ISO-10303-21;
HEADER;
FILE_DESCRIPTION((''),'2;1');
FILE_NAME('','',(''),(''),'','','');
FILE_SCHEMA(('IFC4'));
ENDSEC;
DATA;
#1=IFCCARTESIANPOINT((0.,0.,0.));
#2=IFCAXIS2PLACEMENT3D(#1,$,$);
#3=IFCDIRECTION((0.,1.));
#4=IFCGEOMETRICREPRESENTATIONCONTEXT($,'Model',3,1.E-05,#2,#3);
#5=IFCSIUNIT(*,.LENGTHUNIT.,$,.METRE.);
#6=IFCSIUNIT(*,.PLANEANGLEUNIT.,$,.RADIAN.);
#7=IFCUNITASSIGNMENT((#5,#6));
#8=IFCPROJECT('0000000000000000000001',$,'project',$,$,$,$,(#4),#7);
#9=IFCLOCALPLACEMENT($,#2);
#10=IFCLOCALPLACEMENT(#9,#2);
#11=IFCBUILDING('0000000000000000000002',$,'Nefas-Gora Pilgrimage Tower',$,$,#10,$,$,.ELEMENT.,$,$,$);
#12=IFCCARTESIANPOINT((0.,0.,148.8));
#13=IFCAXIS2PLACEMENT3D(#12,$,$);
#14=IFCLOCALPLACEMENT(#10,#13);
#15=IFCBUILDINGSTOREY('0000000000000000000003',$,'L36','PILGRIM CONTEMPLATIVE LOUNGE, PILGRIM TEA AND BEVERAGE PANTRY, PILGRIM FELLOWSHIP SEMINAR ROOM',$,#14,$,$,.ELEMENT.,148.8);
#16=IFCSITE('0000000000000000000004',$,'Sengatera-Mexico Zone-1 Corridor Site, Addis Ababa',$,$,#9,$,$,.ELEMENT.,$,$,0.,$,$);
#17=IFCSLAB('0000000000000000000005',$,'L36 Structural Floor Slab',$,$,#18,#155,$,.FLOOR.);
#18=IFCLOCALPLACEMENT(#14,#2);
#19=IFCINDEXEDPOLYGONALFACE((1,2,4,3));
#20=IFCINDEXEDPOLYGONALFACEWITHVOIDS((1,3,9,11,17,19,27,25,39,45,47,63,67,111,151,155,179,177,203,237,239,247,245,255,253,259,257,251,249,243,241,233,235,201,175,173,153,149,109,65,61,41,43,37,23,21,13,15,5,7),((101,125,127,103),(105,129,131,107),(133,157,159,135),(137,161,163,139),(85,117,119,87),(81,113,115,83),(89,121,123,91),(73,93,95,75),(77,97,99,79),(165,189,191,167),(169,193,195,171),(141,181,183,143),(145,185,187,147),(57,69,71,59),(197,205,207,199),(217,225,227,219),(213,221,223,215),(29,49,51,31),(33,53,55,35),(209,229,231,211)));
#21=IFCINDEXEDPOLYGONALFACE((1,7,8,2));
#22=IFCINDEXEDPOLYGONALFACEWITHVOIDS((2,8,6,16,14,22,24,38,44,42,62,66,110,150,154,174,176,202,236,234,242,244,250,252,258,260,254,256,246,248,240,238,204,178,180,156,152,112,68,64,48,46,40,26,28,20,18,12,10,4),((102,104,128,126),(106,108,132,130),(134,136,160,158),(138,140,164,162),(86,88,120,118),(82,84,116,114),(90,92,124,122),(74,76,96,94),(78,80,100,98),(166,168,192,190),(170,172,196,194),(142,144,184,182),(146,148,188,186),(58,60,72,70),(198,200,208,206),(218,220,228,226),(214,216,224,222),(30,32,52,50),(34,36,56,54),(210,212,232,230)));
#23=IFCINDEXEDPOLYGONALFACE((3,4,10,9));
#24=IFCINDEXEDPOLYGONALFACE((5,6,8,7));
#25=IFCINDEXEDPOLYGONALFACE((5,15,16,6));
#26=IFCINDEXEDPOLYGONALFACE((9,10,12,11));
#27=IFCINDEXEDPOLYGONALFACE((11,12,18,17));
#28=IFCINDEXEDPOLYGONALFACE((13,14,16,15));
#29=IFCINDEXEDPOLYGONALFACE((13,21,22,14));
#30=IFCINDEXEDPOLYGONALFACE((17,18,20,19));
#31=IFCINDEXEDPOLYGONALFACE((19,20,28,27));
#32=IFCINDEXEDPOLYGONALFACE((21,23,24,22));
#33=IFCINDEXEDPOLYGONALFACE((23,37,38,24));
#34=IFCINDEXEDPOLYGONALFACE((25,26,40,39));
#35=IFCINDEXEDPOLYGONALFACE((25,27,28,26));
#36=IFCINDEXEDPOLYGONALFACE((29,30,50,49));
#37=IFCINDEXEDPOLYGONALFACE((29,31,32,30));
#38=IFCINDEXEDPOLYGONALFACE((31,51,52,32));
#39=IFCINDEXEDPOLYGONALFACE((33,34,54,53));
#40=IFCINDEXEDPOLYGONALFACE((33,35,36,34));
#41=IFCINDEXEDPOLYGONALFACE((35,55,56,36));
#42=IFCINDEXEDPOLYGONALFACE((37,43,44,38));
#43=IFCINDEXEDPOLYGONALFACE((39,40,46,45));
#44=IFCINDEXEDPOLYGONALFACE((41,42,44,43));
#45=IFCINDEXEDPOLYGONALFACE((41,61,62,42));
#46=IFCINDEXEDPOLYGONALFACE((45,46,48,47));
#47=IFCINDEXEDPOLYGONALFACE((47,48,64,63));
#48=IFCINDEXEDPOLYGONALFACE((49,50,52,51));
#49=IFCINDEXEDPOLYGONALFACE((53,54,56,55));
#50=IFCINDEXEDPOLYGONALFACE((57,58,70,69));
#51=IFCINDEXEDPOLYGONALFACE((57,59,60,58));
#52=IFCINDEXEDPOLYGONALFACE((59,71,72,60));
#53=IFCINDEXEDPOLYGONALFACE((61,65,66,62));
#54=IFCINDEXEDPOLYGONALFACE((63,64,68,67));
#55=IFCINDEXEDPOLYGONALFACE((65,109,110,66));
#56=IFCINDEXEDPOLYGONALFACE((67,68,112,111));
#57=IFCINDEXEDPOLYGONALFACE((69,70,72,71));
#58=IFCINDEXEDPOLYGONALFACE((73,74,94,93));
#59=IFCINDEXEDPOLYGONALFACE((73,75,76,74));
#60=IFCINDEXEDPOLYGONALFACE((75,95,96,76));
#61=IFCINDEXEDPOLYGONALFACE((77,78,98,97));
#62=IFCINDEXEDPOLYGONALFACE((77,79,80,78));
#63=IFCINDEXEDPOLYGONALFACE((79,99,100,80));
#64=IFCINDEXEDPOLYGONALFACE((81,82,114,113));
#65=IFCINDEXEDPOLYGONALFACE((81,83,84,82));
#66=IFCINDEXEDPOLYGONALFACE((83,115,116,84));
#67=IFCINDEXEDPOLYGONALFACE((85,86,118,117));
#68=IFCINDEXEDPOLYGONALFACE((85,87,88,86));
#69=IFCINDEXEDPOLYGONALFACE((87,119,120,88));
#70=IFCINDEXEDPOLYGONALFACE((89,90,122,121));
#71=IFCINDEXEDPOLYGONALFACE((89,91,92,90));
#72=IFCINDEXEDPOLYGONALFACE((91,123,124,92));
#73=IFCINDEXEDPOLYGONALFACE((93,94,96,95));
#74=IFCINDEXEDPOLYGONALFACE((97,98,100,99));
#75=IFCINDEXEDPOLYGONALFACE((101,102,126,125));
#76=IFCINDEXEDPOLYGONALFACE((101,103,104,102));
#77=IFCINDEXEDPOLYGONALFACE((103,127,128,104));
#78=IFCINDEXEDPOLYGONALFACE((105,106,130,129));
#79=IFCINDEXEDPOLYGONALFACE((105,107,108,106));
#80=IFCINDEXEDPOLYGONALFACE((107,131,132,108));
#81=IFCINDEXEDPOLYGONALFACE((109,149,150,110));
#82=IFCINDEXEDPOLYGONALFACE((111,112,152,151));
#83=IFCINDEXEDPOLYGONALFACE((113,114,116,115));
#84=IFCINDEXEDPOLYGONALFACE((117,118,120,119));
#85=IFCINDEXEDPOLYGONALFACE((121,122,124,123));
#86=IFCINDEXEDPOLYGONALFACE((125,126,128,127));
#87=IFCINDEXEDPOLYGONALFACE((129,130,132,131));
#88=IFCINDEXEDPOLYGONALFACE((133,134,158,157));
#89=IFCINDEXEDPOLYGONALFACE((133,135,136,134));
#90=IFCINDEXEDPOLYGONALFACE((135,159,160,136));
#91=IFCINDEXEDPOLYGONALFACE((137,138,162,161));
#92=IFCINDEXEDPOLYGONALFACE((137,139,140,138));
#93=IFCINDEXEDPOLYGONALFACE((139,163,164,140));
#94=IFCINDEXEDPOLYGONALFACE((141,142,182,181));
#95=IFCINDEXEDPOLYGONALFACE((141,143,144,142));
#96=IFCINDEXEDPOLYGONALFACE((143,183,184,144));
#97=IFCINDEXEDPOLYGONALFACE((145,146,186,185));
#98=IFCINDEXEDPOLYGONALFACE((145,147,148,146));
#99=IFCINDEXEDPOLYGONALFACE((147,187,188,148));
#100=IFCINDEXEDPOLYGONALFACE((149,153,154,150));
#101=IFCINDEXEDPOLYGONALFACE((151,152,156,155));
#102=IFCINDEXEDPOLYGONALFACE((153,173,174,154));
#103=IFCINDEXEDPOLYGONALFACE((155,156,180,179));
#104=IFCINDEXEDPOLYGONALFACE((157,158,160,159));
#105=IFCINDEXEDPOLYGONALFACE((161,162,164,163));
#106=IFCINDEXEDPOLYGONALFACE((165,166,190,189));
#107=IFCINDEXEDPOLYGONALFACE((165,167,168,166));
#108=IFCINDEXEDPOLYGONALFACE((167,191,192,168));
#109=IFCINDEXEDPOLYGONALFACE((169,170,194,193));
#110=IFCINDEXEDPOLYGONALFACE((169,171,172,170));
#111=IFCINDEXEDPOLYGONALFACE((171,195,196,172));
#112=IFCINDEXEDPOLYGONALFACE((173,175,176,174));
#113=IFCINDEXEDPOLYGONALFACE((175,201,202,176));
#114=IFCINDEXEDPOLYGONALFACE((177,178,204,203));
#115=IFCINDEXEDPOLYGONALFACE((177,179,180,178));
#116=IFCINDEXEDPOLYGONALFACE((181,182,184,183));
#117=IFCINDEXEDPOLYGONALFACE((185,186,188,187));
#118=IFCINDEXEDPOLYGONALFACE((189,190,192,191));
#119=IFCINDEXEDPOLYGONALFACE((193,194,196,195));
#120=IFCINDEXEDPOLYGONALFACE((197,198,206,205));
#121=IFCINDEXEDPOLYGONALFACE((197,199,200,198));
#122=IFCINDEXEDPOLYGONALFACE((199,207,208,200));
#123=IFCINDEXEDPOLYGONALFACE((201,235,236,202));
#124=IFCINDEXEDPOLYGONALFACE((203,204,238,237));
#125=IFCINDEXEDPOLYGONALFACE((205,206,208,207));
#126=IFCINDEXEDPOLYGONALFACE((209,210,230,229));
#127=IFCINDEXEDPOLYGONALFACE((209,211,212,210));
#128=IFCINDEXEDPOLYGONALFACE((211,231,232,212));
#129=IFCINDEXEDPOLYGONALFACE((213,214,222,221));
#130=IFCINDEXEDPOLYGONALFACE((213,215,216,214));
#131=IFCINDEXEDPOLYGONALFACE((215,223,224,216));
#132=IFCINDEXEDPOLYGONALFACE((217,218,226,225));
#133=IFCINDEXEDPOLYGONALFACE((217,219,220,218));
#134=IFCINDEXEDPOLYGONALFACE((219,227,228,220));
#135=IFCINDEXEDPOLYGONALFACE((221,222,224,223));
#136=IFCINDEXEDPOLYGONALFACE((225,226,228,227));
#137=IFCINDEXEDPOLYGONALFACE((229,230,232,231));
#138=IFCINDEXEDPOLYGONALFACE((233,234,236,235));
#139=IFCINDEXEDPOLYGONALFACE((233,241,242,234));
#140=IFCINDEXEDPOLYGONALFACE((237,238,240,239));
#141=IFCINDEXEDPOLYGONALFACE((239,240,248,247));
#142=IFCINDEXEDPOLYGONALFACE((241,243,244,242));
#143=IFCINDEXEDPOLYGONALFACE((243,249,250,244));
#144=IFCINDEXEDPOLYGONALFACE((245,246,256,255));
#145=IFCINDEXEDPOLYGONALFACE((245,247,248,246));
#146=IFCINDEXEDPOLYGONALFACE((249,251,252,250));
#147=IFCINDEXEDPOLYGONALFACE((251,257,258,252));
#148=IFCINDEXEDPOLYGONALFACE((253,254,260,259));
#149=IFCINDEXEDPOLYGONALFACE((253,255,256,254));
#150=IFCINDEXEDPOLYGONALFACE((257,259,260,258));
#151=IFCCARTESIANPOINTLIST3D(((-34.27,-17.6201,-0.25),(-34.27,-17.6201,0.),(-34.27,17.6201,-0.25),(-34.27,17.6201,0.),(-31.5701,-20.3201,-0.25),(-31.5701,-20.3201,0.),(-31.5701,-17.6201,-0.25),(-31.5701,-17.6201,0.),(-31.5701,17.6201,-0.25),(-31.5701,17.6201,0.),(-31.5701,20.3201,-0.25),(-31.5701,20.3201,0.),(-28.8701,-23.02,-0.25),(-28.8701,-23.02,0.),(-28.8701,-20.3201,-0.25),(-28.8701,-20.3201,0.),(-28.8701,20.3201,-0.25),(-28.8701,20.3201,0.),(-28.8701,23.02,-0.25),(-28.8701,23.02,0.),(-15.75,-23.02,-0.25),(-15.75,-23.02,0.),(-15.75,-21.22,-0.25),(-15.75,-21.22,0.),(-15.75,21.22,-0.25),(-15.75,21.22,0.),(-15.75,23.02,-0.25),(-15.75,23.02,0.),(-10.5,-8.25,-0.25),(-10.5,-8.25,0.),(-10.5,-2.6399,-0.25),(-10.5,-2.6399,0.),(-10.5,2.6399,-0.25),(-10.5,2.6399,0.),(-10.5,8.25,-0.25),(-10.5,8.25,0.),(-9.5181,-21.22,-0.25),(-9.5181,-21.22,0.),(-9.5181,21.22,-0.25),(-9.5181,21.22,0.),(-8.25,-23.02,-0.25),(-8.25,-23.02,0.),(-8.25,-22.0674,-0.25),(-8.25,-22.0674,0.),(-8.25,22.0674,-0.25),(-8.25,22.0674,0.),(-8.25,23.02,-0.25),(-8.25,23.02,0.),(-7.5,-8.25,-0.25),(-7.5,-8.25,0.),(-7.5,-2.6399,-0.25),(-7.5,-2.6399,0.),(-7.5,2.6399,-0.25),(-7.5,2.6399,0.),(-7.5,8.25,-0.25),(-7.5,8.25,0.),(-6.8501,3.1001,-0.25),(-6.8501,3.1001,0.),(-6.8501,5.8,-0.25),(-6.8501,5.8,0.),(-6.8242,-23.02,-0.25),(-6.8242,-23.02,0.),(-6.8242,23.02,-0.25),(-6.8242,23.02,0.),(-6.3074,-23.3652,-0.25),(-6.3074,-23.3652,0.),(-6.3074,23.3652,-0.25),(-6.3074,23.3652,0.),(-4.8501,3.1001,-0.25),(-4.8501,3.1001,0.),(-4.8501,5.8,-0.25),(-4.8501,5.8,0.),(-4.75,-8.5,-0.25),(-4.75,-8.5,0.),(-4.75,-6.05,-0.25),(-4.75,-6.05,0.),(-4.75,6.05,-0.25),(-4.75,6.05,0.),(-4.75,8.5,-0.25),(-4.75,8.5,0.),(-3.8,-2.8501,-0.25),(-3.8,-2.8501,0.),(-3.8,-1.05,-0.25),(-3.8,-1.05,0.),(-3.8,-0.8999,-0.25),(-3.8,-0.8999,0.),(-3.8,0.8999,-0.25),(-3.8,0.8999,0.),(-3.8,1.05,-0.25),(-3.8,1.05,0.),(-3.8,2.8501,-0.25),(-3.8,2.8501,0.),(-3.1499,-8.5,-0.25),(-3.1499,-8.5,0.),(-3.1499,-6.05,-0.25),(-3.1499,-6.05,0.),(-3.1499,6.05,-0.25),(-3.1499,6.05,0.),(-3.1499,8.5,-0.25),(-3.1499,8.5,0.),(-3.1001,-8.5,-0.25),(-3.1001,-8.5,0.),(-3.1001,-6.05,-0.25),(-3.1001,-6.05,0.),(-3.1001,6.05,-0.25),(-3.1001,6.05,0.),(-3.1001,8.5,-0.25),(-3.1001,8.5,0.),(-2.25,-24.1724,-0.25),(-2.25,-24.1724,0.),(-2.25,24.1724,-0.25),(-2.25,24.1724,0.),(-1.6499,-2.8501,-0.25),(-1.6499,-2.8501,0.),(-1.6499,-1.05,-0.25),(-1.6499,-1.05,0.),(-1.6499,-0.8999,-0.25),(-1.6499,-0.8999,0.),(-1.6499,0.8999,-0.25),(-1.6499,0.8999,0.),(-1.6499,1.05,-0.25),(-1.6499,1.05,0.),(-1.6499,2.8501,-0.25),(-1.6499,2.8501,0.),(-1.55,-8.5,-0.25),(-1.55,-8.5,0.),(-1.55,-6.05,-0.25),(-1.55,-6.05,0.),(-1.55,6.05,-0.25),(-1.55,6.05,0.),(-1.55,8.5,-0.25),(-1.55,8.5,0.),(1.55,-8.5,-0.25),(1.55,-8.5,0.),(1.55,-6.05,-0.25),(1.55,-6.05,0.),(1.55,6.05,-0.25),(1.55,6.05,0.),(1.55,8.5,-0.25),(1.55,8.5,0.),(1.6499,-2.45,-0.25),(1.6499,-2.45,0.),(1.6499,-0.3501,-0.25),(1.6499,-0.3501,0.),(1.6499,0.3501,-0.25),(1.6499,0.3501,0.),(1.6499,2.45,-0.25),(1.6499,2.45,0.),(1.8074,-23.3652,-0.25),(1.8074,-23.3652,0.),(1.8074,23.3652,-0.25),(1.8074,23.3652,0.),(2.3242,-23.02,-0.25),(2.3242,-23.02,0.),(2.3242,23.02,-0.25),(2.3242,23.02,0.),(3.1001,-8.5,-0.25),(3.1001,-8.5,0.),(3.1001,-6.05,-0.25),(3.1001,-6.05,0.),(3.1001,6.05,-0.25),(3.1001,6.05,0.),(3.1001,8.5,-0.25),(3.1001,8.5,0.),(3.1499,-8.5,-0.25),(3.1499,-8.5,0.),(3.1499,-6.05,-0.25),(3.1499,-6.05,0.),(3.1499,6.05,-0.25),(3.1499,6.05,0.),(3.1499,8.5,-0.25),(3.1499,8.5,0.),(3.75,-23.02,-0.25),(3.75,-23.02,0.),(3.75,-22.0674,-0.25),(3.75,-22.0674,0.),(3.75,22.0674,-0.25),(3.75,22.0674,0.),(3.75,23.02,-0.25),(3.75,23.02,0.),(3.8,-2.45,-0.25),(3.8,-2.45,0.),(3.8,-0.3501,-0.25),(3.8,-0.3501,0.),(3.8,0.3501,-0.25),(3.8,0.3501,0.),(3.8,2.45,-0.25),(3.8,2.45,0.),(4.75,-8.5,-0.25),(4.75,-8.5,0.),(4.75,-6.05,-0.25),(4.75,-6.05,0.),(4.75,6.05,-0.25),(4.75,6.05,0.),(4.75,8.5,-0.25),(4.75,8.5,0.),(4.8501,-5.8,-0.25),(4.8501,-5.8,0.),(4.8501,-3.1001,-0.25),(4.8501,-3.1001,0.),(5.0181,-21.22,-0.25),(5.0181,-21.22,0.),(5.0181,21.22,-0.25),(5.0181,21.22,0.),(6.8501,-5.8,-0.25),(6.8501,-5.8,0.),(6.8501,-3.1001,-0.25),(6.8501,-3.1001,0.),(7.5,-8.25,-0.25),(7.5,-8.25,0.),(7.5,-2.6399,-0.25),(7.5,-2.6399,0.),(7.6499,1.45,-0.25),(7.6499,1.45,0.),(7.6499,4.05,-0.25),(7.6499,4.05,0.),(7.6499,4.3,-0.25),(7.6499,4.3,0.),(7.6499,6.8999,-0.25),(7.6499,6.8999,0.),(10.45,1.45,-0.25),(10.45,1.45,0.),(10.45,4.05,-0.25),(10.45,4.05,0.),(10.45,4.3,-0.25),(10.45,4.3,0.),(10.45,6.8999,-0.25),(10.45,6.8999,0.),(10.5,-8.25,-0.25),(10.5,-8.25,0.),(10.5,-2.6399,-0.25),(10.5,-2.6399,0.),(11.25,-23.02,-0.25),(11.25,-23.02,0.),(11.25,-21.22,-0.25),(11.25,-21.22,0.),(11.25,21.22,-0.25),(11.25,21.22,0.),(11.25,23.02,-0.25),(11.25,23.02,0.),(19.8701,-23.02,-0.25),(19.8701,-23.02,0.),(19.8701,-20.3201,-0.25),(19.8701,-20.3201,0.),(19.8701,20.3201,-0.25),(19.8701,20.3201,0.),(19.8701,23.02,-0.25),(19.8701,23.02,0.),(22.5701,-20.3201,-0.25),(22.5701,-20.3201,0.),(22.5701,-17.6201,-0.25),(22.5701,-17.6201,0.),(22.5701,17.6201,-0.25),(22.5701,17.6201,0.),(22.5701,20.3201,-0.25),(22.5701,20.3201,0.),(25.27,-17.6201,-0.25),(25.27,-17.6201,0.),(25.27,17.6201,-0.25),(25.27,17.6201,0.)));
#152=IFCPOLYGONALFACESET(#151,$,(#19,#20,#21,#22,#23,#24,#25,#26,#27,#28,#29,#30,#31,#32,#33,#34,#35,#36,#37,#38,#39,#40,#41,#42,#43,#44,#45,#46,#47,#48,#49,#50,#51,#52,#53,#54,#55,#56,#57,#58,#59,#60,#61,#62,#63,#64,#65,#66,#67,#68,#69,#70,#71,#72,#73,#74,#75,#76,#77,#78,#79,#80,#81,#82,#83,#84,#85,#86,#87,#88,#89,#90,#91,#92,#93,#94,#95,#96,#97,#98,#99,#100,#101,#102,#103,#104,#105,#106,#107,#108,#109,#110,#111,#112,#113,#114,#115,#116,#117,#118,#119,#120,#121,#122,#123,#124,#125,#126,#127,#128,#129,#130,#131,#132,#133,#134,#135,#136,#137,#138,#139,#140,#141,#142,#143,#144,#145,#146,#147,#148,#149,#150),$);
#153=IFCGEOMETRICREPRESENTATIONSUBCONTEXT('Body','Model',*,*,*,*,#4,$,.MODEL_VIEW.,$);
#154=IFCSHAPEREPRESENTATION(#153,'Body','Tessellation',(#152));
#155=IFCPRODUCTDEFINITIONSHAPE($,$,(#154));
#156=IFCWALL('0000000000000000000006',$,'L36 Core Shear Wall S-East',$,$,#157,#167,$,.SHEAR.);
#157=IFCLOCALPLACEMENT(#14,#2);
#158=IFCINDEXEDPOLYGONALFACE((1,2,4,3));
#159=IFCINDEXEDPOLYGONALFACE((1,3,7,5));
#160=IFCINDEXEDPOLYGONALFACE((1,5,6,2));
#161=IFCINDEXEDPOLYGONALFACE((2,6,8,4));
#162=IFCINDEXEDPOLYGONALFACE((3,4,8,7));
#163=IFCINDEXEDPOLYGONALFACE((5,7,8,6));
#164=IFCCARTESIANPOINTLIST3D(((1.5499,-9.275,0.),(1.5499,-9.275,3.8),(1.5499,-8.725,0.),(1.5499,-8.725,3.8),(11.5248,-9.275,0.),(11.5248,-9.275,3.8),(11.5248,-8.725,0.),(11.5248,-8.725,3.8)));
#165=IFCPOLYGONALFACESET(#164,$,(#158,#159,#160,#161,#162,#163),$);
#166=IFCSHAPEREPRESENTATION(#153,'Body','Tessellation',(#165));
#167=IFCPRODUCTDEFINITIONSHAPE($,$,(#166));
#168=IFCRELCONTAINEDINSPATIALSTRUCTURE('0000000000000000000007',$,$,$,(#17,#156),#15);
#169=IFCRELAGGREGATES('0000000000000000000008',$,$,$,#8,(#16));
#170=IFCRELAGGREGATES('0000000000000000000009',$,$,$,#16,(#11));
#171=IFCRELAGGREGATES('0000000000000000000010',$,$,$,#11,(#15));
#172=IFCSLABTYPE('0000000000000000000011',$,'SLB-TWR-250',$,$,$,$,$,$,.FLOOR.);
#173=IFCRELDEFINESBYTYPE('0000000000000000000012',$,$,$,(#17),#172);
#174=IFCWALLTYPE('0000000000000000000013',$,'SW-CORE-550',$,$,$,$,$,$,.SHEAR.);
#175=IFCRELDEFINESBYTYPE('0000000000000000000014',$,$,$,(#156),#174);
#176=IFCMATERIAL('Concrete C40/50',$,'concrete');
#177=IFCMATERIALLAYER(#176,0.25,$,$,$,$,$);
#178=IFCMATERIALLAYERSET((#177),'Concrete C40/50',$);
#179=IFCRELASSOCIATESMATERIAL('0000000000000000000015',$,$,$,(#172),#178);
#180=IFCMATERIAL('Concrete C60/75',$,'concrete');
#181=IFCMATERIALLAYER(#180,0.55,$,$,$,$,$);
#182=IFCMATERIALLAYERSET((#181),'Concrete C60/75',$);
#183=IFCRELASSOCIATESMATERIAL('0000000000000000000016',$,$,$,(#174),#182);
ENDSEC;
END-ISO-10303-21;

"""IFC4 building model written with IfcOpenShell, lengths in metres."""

from ifc_helpers import new_model, si_unit, direction, frame, frame_2d, origin, place, context, subcontext, project, spatial, polyline, rectangle, outline, extrude, source, transform, mapped, material, layer, layer_set, type_object, element, save


model = new_model("IFC4")

# Units and contexts
model_context = context("Model", 3, precision=1e-05, world=origin(), true_north=direction((0.0, 1.0)))
body_context = subcontext(model_context, "Body", "Model", "MODEL_VIEW")
ifc_project = project(units=[si_unit("LENGTHUNIT", "METRE"), si_unit("PLANEANGLEUNIT", "RADIAN")], contexts=[model_context])

# Site, building, storey
site_placement = place(None, origin())
site = spatial("IfcSite", under=ifc_project, at=site_placement, Name="Sengatera-Mexico Zone-1 Corridor Site, Addis Ababa", CompositionType="ELEMENT", RefElevation=0.0)
building_placement = place(site_placement, origin())
building = spatial("IfcBuilding", under=site, at=building_placement, Name="Nefas-Gora Pilgrimage Tower", CompositionType="ELEMENT")
storey_placement = place(building_placement, frame((0.0, 0.0, 148.8)))
storey = spatial("IfcBuildingStorey", under=building, at=storey_placement, Name="L36", Description="PILGRIM CONTEMPLATIVE LOUNGE, PILGRIM TEA AND BEVERAGE PANTRY, PILGRIM FELLOWSHIP SEMINAR ROOM", CompositionType="ELEMENT", Elevation=148.8)

# Slab
ifc_material_1 = material(Name="Concrete C40/50", Category="concrete")
ifc_layer_1 = layer(ifc_material_1, 0.25)
ifc_layer_set_1 = layer_set([ifc_layer_1], Name="Concrete C40/50")
slab_type = type_object("IfcSlabType", Name="SLB-TWR-250", PredefinedType="FLOOR", material=ifc_layer_set_1)
slab_placement = place(storey_placement, frame((0.0, 0.0, -0.25)))
element("IfcSlab", 1, at=slab_placement, inside=storey, type_object=slab_type, Name="L36 Structural Floor Slab", PredefinedType="FLOOR", context=body_context, shape_type="SweptSolid", body=[
    extrude(outline(polyline([(5.0181, -21.22), (11.25, -21.22), (11.25, -23.02), (19.8701, -23.02), (19.8701, -20.3201), (22.5701, -20.3201), (22.5701, -17.6201), (25.27, -17.6201), (25.27, 17.6201), (22.5701, 17.6201), (22.5701, 20.3201), (19.8701, 20.3201), (19.8701, 23.02), (11.25, 23.02), (11.25, 21.22), (5.0181, 21.22), (3.75, 22.0674), (3.75, 23.02), (2.3242, 23.02), (1.8074, 23.3652), (-2.25, 24.1724), (-6.3074, 23.3652), (-6.8242, 23.02), (-8.25, 23.02), (-8.25, 22.0674), (-9.5181, 21.22), (-15.75, 21.22), (-15.75, 23.02), (-28.8701, 23.02), (-28.8701, 20.3201), (-31.5701, 20.3201), (-31.5701, 17.6201), (-34.27, 17.6201), (-34.27, -17.6201), (-31.5701, -17.6201), (-31.5701, -20.3201), (-28.8701, -20.3201), (-28.8701, -23.02), (-15.75, -23.02), (-15.75, -21.22), (-9.5181, -21.22), (-8.25, -22.0674), (-8.25, -23.02), (-6.8242, -23.02), (-6.3074, -23.3652), (-2.25, -24.1724), (1.8074, -23.3652), (2.3242, -23.02), (3.75, -23.02), (3.75, -22.0674), (5.0181, -21.22)]), holes=[polyline([(-10.5, 2.6399), (-10.5, 8.25), (-7.5, 8.25), (-7.5, 2.6399), (-10.5, 2.6399)]), polyline([(10.5, -2.6399), (10.5, -8.25), (7.5, -8.25), (7.5, -2.6399), (10.5, -2.6399)]), polyline([(-7.5, -2.6399), (-7.5, -8.25), (-10.5, -8.25), (-10.5, -2.6399), (-7.5, -2.6399)]), polyline([(-6.8501, 5.8), (-4.8501, 5.8), (-4.8501, 3.1001), (-6.8501, 3.1001), (-6.8501, 5.8)]), polyline([(4.8501, -3.1001), (6.8501, -3.1001), (6.8501, -5.8), (4.8501, -5.8), (4.8501, -3.1001)]), polyline([(7.6499, 4.05), (10.45, 4.05), (10.45, 1.45), (7.6499, 1.45), (7.6499, 4.05)]), polyline([(7.6499, 6.8999), (10.45, 6.8999), (10.45, 4.3), (7.6499, 4.3), (7.6499, 6.8999)]), polyline([(-4.75, 8.5), (-3.1499, 8.5), (-3.1499, 6.05), (-4.75, 6.05), (-4.75, 8.5)]), polyline([(-3.1001, 8.5), (-1.55, 8.5), (-1.55, 6.05), (-3.1001, 6.05), (-3.1001, 8.5)]), polyline([(1.55, 8.5), (3.1001, 8.5), (3.1001, 6.05), (1.55, 6.05), (1.55, 8.5)]), polyline([(3.1499, 8.5), (4.75, 8.5), (4.75, 6.05), (3.1499, 6.05), (3.1499, 8.5)]), polyline([(-4.75, -6.05), (-3.1499, -6.05), (-3.1499, -8.5), (-4.75, -8.5), (-4.75, -6.05)]), polyline([(-3.1001, -6.05), (-1.55, -6.05), (-1.55, -8.5), (-3.1001, -8.5), (-3.1001, -6.05)]), polyline([(1.55, -6.05), (3.1001, -6.05), (3.1001, -8.5), (1.55, -8.5), (1.55, -6.05)]), polyline([(3.1499, -6.05), (4.75, -6.05), (4.75, -8.5), (3.1499, -8.5), (3.1499, -6.05)]), polyline([(-3.8, -1.05), (-1.6499, -1.05), (-1.6499, -2.8501), (-3.8, -2.8501), (-3.8, -1.05)]), polyline([(-3.8, 0.8999), (-1.6499, 0.8999), (-1.6499, -0.8999), (-3.8, -0.8999), (-3.8, 0.8999)]), polyline([(-3.8, 2.8501), (-1.6499, 2.8501), (-1.6499, 1.05), (-3.8, 1.05), (-3.8, 2.8501)]), polyline([(1.6499, -0.3501), (3.8, -0.3501), (3.8, -2.45), (1.6499, -2.45), (1.6499, -0.3501)]), polyline([(1.6499, 2.45), (3.8, 2.45), (3.8, 0.3501), (1.6499, 0.3501), (1.6499, 2.45)])]), origin(), (0.0, 0.0, 1.0), 0.25),
])

# Wall
ifc_material_2 = material(Name="Concrete C60/75", Category="concrete")
ifc_layer_2 = layer(ifc_material_2, 0.55)
ifc_layer_set_2 = layer_set([ifc_layer_2], Name="Concrete C60/75")
wall_type_1 = type_object("IfcWallType", Name="SW-CORE-550", PredefinedType="SHEAR", material=ifc_layer_set_2)
shared_shape_1 = source(origin(), body_context, "Body", "SweptSolid", [
    extrude(rectangle(XDim=9.9749, YDim=0.55, at=frame_2d((4.9873, 0.0))), origin(), (0.0, 0.0, 1.0), 3.8),
])
wall_1_placement = place(storey_placement, frame((1.55, -9.0, 0.0), z_axis=(0.0, 0.0, 1.0), x_axis=(1.0, 0.0, 0.0)))
element("IfcWall", 2, at=wall_1_placement, inside=storey, type_object=wall_type_1, Name="L36 Core Shear Wall S-East", PredefinedType="SHEAR", context=body_context, shape_type="MappedRepresentation", body=[
    mapped(shared_shape_1, transform((0.0, 0.0, 0.0), x_axis=(1.0, 0.0, 0.0), y_axis=(0.0, 1.0, 0.0), z_axis=(0.0, 0.0, 1.0), scale=1.0)),
])

save(model, "model.ifc")
